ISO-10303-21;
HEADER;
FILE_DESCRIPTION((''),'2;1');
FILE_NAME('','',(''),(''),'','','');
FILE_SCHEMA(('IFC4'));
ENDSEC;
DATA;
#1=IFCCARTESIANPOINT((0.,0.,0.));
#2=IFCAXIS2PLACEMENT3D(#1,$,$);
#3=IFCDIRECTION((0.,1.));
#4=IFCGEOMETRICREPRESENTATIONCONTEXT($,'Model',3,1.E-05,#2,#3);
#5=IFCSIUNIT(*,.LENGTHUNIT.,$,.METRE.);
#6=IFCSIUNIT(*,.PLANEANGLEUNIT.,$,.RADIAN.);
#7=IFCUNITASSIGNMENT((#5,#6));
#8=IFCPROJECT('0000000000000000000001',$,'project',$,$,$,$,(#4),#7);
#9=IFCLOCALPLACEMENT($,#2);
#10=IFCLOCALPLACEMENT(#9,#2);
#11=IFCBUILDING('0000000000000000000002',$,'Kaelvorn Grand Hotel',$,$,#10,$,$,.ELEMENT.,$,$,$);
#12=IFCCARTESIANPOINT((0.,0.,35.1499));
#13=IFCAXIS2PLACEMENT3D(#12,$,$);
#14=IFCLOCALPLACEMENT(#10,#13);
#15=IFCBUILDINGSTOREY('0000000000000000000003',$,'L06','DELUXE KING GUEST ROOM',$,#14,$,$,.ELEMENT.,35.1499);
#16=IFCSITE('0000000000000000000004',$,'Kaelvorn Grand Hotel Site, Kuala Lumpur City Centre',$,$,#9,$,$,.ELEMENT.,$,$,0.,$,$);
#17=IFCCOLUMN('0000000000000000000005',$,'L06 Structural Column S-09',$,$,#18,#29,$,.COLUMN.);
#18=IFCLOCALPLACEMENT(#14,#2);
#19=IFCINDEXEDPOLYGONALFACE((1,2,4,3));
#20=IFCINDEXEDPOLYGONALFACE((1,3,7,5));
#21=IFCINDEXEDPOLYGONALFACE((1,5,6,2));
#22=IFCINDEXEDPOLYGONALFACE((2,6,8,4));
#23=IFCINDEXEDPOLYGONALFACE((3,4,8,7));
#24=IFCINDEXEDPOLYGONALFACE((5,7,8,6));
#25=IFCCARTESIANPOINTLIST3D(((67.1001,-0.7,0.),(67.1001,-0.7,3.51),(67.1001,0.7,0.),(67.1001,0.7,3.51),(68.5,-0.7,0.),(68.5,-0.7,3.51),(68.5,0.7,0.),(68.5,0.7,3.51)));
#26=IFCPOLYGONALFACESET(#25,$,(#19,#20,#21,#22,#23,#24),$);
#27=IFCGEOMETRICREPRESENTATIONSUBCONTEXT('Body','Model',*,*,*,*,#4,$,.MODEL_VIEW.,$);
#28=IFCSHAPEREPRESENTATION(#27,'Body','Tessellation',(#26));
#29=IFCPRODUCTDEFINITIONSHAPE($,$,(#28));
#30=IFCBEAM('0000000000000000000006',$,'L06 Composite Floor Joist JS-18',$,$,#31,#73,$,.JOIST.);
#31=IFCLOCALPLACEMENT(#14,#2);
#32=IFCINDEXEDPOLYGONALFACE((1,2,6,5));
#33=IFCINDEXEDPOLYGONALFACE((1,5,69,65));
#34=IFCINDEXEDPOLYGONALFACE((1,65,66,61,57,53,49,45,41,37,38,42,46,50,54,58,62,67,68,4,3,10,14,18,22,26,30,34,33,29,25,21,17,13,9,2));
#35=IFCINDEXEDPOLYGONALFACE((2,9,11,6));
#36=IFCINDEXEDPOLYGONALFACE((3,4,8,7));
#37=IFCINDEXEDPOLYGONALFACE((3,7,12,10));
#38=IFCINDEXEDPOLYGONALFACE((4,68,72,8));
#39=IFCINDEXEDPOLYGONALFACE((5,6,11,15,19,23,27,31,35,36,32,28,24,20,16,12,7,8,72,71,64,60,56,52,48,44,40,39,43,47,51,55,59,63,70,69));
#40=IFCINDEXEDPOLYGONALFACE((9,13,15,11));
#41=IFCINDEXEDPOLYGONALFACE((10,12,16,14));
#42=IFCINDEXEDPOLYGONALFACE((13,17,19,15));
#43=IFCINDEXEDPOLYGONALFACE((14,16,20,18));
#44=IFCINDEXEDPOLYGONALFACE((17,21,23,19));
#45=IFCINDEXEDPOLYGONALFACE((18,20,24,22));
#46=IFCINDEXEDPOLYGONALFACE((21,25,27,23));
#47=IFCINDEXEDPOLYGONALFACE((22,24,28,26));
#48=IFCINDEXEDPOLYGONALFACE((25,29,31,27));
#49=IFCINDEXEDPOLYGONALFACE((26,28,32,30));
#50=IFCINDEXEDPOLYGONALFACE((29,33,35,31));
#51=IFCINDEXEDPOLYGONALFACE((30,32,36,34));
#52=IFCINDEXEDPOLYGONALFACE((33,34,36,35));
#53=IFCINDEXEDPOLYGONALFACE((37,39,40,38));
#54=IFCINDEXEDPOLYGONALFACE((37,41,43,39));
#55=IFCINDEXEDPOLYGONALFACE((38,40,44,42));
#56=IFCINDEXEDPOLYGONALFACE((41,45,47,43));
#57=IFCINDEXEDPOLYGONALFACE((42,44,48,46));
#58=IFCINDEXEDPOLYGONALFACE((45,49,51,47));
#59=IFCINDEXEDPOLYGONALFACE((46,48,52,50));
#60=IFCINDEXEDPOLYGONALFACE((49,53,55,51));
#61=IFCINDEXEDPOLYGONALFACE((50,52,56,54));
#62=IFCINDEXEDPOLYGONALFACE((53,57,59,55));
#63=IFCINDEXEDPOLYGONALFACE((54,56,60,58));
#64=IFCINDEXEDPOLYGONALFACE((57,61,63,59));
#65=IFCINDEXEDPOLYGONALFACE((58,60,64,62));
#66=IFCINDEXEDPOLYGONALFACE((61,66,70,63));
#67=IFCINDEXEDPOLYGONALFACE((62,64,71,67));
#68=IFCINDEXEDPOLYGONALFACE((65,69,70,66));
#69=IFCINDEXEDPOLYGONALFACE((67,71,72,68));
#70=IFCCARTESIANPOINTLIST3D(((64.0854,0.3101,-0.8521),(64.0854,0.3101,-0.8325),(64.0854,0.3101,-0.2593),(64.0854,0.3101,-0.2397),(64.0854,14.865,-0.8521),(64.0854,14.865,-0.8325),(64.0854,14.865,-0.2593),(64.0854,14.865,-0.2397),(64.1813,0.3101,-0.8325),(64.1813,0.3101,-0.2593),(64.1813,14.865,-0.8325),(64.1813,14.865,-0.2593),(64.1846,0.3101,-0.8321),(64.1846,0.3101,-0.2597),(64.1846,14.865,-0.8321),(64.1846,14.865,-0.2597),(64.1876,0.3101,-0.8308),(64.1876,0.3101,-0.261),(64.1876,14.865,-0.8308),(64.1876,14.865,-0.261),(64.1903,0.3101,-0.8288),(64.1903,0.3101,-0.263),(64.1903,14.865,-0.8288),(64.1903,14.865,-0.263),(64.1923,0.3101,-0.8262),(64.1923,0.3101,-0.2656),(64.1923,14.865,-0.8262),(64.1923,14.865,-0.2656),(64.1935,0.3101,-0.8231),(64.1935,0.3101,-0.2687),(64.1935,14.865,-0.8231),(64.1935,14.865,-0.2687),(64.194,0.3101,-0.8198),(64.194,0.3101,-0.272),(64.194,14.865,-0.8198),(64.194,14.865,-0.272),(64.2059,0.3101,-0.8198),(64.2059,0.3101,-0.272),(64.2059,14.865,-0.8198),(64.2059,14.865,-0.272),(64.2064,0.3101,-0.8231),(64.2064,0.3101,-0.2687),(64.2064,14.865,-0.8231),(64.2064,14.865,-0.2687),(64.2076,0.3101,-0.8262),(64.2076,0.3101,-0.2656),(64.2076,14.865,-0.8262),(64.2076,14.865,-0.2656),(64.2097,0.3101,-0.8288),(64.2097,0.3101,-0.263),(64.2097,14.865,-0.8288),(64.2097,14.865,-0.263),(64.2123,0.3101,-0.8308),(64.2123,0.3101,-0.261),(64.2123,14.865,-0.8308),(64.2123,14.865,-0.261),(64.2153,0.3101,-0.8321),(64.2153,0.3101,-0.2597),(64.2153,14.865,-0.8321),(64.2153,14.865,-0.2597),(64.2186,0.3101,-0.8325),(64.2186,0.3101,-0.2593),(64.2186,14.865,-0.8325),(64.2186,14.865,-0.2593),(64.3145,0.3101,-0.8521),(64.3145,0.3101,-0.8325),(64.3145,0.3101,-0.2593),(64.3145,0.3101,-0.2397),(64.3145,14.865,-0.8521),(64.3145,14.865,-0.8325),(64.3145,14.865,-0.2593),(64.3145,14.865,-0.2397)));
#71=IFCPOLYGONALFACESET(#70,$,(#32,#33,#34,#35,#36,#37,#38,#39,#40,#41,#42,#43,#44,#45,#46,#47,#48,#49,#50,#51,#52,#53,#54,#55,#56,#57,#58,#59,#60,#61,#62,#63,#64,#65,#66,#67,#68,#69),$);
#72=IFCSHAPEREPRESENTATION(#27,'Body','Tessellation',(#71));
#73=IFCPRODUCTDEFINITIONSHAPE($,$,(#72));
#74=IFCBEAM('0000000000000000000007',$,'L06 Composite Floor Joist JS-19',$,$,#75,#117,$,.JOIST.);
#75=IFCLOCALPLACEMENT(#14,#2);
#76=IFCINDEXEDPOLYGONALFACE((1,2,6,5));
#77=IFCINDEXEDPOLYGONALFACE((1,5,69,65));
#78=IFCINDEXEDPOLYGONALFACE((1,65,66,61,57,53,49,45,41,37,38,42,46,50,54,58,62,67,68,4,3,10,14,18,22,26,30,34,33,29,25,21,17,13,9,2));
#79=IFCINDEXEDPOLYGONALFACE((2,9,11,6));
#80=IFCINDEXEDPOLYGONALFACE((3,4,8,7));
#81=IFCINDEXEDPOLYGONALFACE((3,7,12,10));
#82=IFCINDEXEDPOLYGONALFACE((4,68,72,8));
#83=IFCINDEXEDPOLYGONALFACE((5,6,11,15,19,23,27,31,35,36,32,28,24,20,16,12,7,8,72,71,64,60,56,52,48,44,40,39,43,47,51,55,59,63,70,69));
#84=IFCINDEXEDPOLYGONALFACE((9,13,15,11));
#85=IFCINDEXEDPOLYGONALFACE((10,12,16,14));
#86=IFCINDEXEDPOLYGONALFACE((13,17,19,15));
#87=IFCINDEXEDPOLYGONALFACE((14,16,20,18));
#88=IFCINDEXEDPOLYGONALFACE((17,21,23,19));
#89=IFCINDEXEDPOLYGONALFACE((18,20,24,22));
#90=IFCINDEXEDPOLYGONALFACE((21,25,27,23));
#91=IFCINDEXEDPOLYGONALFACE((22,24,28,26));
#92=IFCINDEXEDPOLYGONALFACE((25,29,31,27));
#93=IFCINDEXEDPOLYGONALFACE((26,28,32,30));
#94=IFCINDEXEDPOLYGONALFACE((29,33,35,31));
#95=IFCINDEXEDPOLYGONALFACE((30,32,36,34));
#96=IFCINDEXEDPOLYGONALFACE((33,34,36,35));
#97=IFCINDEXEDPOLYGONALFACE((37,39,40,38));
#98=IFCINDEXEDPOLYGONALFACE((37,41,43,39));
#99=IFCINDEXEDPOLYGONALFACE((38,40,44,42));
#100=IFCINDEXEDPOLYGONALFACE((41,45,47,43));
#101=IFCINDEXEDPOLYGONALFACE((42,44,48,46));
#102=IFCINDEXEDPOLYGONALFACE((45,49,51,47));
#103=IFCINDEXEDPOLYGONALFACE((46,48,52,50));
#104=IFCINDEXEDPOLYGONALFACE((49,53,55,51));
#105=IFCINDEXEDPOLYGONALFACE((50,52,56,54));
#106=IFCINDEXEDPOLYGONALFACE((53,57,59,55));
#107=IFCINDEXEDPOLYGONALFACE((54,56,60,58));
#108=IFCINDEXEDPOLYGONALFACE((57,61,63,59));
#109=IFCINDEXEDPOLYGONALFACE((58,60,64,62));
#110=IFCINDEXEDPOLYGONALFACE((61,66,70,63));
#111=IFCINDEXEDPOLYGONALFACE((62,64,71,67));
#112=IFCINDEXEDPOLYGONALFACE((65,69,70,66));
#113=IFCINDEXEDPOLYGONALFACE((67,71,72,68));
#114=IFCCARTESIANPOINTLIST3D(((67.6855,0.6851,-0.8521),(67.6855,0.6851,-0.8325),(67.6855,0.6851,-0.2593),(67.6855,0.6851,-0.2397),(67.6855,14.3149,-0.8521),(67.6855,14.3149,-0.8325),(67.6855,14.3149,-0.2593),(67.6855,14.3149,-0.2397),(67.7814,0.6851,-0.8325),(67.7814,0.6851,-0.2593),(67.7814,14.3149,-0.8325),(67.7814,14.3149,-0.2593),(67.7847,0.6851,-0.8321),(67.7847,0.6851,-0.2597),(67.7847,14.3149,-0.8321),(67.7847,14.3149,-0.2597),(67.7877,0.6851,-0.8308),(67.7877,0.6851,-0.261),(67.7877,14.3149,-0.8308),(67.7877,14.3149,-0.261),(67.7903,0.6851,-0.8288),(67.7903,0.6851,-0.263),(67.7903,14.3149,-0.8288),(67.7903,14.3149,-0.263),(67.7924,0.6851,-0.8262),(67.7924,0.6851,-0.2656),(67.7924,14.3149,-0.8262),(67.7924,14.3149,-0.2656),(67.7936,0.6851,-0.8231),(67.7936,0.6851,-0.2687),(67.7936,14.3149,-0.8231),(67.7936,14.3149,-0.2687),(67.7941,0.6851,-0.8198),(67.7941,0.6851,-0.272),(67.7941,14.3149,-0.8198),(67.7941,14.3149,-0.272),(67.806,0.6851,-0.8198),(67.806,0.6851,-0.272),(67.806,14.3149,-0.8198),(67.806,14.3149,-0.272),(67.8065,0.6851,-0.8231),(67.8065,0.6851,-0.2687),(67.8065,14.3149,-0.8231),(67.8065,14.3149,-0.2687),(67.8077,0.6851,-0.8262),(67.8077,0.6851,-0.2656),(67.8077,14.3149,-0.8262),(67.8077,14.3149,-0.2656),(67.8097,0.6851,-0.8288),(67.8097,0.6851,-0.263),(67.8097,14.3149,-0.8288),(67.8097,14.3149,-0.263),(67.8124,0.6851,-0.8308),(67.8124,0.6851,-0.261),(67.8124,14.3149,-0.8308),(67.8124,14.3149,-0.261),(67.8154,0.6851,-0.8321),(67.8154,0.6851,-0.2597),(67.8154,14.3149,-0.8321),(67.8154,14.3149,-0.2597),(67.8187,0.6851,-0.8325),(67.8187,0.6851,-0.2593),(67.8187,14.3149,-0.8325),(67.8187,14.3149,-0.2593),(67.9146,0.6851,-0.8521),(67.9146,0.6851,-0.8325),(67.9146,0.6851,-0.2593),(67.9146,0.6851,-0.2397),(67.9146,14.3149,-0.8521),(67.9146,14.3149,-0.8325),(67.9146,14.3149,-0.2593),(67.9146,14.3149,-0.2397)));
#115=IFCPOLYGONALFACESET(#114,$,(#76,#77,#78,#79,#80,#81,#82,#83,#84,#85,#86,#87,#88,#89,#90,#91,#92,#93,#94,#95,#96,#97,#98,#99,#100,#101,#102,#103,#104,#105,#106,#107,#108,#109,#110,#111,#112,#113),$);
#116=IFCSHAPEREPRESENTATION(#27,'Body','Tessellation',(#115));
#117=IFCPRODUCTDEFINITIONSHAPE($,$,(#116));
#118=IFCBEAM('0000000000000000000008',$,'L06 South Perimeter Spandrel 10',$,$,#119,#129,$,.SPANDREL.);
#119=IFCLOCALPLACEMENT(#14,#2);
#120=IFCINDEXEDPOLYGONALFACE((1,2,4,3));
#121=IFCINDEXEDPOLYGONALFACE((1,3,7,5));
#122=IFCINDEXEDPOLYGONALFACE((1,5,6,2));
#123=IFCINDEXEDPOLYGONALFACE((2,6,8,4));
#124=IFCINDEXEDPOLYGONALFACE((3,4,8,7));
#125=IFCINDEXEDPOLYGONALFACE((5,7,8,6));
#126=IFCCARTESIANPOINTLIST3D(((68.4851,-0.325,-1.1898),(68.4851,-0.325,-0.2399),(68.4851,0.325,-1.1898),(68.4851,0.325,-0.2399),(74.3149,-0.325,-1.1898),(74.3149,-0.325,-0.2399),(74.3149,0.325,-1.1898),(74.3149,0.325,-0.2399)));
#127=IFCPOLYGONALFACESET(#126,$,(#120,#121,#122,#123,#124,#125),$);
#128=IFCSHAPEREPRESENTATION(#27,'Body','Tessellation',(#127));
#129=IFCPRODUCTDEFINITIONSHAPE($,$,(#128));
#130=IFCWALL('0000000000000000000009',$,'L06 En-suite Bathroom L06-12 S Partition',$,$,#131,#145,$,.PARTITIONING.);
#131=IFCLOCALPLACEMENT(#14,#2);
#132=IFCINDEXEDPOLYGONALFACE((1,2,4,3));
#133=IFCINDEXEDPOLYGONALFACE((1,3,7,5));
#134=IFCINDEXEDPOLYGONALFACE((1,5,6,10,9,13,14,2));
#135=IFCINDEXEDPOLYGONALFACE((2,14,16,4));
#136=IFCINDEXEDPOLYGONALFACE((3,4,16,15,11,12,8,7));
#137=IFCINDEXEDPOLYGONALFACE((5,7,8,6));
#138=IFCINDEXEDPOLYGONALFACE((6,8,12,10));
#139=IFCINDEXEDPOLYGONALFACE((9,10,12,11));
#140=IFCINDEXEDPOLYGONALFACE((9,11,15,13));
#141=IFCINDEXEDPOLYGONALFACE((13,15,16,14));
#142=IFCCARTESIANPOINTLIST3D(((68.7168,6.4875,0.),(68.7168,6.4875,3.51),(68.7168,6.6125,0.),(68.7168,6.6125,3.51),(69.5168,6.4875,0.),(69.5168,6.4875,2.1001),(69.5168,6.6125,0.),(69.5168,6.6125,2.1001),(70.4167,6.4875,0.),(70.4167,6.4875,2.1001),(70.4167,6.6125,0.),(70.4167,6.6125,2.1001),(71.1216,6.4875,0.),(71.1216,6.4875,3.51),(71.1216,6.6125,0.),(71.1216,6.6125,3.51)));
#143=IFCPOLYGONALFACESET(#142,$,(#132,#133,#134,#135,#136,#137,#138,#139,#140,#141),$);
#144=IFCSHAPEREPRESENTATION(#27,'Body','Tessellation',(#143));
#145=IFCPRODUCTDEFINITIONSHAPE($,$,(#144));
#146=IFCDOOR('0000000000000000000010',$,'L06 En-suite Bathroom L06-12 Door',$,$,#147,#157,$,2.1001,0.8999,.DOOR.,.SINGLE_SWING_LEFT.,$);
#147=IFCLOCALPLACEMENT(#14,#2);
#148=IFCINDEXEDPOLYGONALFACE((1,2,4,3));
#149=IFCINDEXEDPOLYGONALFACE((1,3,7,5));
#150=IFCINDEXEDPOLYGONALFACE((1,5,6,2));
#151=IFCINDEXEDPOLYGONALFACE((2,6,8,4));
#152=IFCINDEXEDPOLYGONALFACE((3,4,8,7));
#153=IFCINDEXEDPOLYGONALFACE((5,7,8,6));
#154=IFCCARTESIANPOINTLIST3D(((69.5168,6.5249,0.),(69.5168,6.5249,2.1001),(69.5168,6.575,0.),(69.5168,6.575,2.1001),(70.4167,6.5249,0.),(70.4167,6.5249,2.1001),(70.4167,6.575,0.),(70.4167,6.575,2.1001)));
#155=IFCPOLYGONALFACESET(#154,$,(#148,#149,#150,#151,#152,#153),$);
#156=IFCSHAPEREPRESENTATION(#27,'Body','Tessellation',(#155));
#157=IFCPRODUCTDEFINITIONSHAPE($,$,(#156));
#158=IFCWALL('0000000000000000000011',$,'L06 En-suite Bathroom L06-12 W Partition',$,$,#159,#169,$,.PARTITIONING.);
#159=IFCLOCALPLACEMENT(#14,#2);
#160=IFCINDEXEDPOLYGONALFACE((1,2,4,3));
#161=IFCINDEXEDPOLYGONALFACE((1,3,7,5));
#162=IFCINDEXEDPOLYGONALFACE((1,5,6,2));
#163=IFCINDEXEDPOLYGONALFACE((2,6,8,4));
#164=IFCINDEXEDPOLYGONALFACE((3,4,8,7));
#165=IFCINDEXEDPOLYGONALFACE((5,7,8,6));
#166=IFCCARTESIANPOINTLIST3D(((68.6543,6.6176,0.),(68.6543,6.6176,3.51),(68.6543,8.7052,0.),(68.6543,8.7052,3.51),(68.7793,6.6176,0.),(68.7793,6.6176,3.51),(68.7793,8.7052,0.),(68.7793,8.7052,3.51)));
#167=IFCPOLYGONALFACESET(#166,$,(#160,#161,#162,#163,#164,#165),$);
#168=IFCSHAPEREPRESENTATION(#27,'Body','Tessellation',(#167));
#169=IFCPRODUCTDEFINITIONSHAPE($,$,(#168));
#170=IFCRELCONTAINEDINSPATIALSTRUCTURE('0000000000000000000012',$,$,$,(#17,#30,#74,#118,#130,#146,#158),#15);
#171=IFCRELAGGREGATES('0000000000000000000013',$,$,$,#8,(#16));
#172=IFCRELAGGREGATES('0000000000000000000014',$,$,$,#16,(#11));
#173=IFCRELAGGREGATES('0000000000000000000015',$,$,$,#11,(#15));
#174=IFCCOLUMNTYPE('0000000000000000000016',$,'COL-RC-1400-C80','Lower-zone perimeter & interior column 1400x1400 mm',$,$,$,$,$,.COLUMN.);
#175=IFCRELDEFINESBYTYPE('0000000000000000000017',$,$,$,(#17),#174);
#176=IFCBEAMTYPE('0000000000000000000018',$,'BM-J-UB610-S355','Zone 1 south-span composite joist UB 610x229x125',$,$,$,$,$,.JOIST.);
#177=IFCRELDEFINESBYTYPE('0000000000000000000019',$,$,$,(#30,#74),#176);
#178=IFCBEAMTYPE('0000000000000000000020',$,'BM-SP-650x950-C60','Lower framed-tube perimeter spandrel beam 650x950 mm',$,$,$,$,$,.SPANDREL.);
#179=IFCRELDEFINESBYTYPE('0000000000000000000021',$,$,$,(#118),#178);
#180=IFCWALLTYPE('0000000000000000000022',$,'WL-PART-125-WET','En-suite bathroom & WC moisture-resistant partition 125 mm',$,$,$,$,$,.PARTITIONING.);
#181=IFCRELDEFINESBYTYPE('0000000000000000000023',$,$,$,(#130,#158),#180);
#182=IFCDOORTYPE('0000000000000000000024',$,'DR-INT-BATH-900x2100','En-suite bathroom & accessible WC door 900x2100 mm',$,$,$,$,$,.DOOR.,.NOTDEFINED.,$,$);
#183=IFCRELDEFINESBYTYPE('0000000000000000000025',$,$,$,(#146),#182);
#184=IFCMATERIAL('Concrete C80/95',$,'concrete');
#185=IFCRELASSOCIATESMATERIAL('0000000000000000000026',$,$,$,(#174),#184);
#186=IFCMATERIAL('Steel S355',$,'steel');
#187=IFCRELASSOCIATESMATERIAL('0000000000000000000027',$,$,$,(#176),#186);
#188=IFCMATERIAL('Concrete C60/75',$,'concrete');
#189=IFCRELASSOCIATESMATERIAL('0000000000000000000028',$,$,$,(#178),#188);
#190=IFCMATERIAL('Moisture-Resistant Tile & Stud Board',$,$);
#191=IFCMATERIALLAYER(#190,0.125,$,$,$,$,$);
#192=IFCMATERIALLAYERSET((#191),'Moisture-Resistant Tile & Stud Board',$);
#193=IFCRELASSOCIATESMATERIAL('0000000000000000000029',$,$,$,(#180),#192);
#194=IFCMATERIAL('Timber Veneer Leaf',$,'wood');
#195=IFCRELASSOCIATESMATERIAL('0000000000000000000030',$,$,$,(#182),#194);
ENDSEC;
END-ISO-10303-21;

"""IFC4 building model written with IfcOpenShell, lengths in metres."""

from ifc_helpers import new_model, si_unit, direction, frame, frame_2d, origin, origin_2d, place, context, subcontext, project, spatial, rectangle, i_section, extrude, material, layer, layer_set, material_profile, profile_set, type_object, element, fill, save


model = new_model("IFC4")

# Units and contexts
model_context = context("Model", 3, precision=1e-05, world=origin(), true_north=direction((0.0, 1.0)))
body_context = subcontext(model_context, "Body", "Model", "MODEL_VIEW")
ifc_project = project(units=[si_unit("LENGTHUNIT", "METRE"), si_unit("PLANEANGLEUNIT", "RADIAN")], contexts=[model_context])

# Site, building, storey
site_placement = place(None, origin())
site = spatial("IfcSite", under=ifc_project, at=site_placement, Name="Kaelvorn Grand Hotel Site, Kuala Lumpur City Centre", CompositionType="ELEMENT", RefElevation=0.0)
building_placement = place(site_placement, origin())
building = spatial("IfcBuilding", under=site, at=building_placement, Name="Kaelvorn Grand Hotel", CompositionType="ELEMENT")
storey_placement = place(building_placement, frame((0.0, 0.0, 35.1499)))
storey = spatial("IfcBuildingStorey", under=building, at=storey_placement, Name="L06", Description="DELUXE KING GUEST ROOM", CompositionType="ELEMENT", Elevation=35.1499)

# Column
ifc_material_1 = material(Name="Concrete C80/95", Category="concrete")
ifc_material_profile_1 = material_profile(ifc_material_1, rectangle(XDim=1.3999, YDim=1.3999, at=origin_2d()), Name="RC COL 1400x1400")
ifc_profile_set_1 = profile_set([ifc_material_profile_1], Name="Concrete C80/95")
column_type = type_object("IfcColumnType", Name="COL-RC-1400-C80", Description="Lower-zone perimeter & interior column 1400x1400 mm", PredefinedType="COLUMN", material=ifc_profile_set_1)
column_placement = place(storey_placement, frame((67.8, 0.0, 0.0), z_axis=(0.0, 0.0, 1.0), x_axis=(1.0, 0.0, 0.0)))
element("IfcColumn", 1, at=column_placement, inside=storey, type_object=column_type, Name="L06 Structural Column S-09", PredefinedType="COLUMN", context=body_context, shape_type="SweptSolid", body=[
    extrude(rectangle(XDim=1.3999, YDim=1.3999, at=origin_2d()), origin(), (0.0, 0.0, 1.0), 3.51),
])

# Beams
ifc_material_2 = material(Name="Steel S355", Category="steel")
ifc_material_profile_2 = material_profile(ifc_material_2, i_section(OverallWidth=0.229, OverallDepth=0.6123, WebThickness=0.012, FlangeThickness=0.0195, FilletRadius=0.0127, at=origin_2d()), Name="UB 610x229x125")
ifc_profile_set_2 = profile_set([ifc_material_profile_2], Name="Steel S355")
beam_type_1 = type_object("IfcBeamType", Name="BM-J-UB610-S355", Description="Zone 1 south-span composite joist UB 610x229x125", PredefinedType="JOIST", material=ifc_profile_set_2)
beam_1_placement = place(storey_placement, frame((64.2, 0.3101, -0.5459), z_axis=(0.0, 1.0, 0.0), x_axis=(-1.0, 0.0, 0.0)))
element("IfcBeam", 2, at=beam_1_placement, inside=storey, type_object=beam_type_1, Name="L06 Composite Floor Joist JS-18", PredefinedType="JOIST", context=body_context, shape_type="SweptSolid", body=[
    extrude(i_section(OverallWidth=0.229, OverallDepth=0.6123, WebThickness=0.012, FlangeThickness=0.0195, FilletRadius=0.0127, at=origin_2d()), origin(), (0.0, 0.0, 1.0), 14.5549),
])
beam_2_placement = place(storey_placement, frame((67.8, 0.6851, -0.5459), z_axis=(0.0, 1.0, 0.0), x_axis=(-1.0, 0.0, 0.0)))
element("IfcBeam", 3, at=beam_2_placement, inside=storey, type_object=beam_type_1, Name="L06 Composite Floor Joist JS-19", PredefinedType="JOIST", context=body_context, shape_type="SweptSolid", body=[
    extrude(i_section(OverallWidth=0.229, OverallDepth=0.6123, WebThickness=0.012, FlangeThickness=0.0195, FilletRadius=0.0127, at=origin_2d()), origin(), (0.0, 0.0, 1.0), 13.6299),
])
ifc_material_3 = material(Name="Concrete C60/75", Category="concrete")
ifc_material_profile_3 = material_profile(ifc_material_3, rectangle(XDim=0.6499, YDim=0.95, at=origin_2d()), Name="RC SPANDREL 650x950")
ifc_profile_set_3 = profile_set([ifc_material_profile_3], Name="Concrete C60/75")
beam_type_2 = type_object("IfcBeamType", Name="BM-SP-650x950-C60", Description="Lower framed-tube perimeter spandrel beam 650x950 mm", PredefinedType="SPANDREL", material=ifc_profile_set_3)
beam_3_placement = place(storey_placement, frame((68.4851, 0.0, -0.7148), z_axis=(1.0, 0.0, 0.0), x_axis=(0.0, 1.0, 0.0)))
element("IfcBeam", 4, at=beam_3_placement, inside=storey, type_object=beam_type_2, Name="L06 South Perimeter Spandrel 10", PredefinedType="SPANDREL", context=body_context, shape_type="SweptSolid", body=[
    extrude(rectangle(XDim=0.6499, YDim=0.95, at=origin_2d()), origin(), (0.0, 0.0, 1.0), 5.8298),
])

# Wall, opening, door
ifc_material_4 = material(Name="Moisture-Resistant Tile & Stud Board")
ifc_layer_1 = layer(ifc_material_4, 0.125)
ifc_layer_set_1 = layer_set([ifc_layer_1], Name="Moisture-Resistant Tile & Stud Board")
wall_type_1 = type_object("IfcWallType", Name="WL-PART-125-WET", Description="En-suite bathroom & WC moisture-resistant partition 125 mm", PredefinedType="PARTITIONING", material=ifc_layer_set_1)
wall_1_placement = place(storey_placement, frame((68.7168, 6.55, 0.0), z_axis=(0.0, 0.0, 1.0), x_axis=(1.0, 0.0, 0.0)))
wall_1 = element("IfcWall", 5, at=wall_1_placement, inside=storey, type_object=wall_type_1, Name="L06 En-suite Bathroom L06-12 S Partition", PredefinedType="PARTITIONING", context=body_context, shape_type="SweptSolid", body=[
    extrude(rectangle(XDim=2.4048, YDim=0.125, at=frame_2d((1.2024, 0.0))), origin(), (0.0, 0.0, 1.0), 3.51),
])
opening_1_placement = place(wall_1_placement, frame((0.8, 0.0, 0.0)))
opening_1 = element("IfcOpeningElement", 6, at=opening_1_placement, cuts=wall_1, PredefinedType="OPENING", context=body_context, shape_type="SweptSolid", body=[
    extrude(rectangle(XDim=0.8999, YDim=2.1001, at=frame_2d((0.45, 1.05))), frame((0.0, 0.0725, 0.0), z_axis=(0.0, -1.0, 0.0), x_axis=(1.0, 0.0, 0.0)), (0.0, 0.0, 1.0), 0.145),
])
ifc_material_5 = material(Name="Timber Veneer Leaf", Category="wood")
door_type_1 = type_object("IfcDoorType", Name="DR-INT-BATH-900x2100", Description="En-suite bathroom & accessible WC door 900x2100 mm", OperationType="NOTDEFINED", PredefinedType="DOOR", material=ifc_material_5)
door_1_placement = place(opening_1_placement, origin())
door_1 = element("IfcDoor", 7, at=door_1_placement, inside=storey, type_object=door_type_1, Name="L06 En-suite Bathroom L06-12 Door", OperationType="SINGLE_SWING_LEFT", OverallHeight=2.1001, OverallWidth=0.8999, PredefinedType="DOOR", context=body_context, shape_type="SweptSolid", body=[
    extrude(rectangle(XDim=0.8999, YDim=2.1001, at=frame_2d((0.45, 1.05))), frame((0.0, 0.0249, 0.0), z_axis=(0.0, -1.0, 0.0), x_axis=(1.0, 0.0, 0.0)), (0.0, 0.0, 1.0), 0.05),
])
fill(opening_1, door_1)

# Wall
wall_2_placement = place(storey_placement, frame((68.7168, 6.6174, 0.0), z_axis=(0.0, 0.0, 1.0), x_axis=(0.0, 1.0, 0.0)))
element("IfcWall", 8, at=wall_2_placement, inside=storey, type_object=wall_type_1, Name="L06 En-suite Bathroom L06-12 W Partition", PredefinedType="PARTITIONING", context=body_context, shape_type="SweptSolid", body=[
    extrude(rectangle(XDim=2.0876, YDim=0.125, at=frame_2d((1.0439, 0.0))), origin(), (0.0, 0.0, 1.0), 3.51),
])

save(model, "model.ifc")
